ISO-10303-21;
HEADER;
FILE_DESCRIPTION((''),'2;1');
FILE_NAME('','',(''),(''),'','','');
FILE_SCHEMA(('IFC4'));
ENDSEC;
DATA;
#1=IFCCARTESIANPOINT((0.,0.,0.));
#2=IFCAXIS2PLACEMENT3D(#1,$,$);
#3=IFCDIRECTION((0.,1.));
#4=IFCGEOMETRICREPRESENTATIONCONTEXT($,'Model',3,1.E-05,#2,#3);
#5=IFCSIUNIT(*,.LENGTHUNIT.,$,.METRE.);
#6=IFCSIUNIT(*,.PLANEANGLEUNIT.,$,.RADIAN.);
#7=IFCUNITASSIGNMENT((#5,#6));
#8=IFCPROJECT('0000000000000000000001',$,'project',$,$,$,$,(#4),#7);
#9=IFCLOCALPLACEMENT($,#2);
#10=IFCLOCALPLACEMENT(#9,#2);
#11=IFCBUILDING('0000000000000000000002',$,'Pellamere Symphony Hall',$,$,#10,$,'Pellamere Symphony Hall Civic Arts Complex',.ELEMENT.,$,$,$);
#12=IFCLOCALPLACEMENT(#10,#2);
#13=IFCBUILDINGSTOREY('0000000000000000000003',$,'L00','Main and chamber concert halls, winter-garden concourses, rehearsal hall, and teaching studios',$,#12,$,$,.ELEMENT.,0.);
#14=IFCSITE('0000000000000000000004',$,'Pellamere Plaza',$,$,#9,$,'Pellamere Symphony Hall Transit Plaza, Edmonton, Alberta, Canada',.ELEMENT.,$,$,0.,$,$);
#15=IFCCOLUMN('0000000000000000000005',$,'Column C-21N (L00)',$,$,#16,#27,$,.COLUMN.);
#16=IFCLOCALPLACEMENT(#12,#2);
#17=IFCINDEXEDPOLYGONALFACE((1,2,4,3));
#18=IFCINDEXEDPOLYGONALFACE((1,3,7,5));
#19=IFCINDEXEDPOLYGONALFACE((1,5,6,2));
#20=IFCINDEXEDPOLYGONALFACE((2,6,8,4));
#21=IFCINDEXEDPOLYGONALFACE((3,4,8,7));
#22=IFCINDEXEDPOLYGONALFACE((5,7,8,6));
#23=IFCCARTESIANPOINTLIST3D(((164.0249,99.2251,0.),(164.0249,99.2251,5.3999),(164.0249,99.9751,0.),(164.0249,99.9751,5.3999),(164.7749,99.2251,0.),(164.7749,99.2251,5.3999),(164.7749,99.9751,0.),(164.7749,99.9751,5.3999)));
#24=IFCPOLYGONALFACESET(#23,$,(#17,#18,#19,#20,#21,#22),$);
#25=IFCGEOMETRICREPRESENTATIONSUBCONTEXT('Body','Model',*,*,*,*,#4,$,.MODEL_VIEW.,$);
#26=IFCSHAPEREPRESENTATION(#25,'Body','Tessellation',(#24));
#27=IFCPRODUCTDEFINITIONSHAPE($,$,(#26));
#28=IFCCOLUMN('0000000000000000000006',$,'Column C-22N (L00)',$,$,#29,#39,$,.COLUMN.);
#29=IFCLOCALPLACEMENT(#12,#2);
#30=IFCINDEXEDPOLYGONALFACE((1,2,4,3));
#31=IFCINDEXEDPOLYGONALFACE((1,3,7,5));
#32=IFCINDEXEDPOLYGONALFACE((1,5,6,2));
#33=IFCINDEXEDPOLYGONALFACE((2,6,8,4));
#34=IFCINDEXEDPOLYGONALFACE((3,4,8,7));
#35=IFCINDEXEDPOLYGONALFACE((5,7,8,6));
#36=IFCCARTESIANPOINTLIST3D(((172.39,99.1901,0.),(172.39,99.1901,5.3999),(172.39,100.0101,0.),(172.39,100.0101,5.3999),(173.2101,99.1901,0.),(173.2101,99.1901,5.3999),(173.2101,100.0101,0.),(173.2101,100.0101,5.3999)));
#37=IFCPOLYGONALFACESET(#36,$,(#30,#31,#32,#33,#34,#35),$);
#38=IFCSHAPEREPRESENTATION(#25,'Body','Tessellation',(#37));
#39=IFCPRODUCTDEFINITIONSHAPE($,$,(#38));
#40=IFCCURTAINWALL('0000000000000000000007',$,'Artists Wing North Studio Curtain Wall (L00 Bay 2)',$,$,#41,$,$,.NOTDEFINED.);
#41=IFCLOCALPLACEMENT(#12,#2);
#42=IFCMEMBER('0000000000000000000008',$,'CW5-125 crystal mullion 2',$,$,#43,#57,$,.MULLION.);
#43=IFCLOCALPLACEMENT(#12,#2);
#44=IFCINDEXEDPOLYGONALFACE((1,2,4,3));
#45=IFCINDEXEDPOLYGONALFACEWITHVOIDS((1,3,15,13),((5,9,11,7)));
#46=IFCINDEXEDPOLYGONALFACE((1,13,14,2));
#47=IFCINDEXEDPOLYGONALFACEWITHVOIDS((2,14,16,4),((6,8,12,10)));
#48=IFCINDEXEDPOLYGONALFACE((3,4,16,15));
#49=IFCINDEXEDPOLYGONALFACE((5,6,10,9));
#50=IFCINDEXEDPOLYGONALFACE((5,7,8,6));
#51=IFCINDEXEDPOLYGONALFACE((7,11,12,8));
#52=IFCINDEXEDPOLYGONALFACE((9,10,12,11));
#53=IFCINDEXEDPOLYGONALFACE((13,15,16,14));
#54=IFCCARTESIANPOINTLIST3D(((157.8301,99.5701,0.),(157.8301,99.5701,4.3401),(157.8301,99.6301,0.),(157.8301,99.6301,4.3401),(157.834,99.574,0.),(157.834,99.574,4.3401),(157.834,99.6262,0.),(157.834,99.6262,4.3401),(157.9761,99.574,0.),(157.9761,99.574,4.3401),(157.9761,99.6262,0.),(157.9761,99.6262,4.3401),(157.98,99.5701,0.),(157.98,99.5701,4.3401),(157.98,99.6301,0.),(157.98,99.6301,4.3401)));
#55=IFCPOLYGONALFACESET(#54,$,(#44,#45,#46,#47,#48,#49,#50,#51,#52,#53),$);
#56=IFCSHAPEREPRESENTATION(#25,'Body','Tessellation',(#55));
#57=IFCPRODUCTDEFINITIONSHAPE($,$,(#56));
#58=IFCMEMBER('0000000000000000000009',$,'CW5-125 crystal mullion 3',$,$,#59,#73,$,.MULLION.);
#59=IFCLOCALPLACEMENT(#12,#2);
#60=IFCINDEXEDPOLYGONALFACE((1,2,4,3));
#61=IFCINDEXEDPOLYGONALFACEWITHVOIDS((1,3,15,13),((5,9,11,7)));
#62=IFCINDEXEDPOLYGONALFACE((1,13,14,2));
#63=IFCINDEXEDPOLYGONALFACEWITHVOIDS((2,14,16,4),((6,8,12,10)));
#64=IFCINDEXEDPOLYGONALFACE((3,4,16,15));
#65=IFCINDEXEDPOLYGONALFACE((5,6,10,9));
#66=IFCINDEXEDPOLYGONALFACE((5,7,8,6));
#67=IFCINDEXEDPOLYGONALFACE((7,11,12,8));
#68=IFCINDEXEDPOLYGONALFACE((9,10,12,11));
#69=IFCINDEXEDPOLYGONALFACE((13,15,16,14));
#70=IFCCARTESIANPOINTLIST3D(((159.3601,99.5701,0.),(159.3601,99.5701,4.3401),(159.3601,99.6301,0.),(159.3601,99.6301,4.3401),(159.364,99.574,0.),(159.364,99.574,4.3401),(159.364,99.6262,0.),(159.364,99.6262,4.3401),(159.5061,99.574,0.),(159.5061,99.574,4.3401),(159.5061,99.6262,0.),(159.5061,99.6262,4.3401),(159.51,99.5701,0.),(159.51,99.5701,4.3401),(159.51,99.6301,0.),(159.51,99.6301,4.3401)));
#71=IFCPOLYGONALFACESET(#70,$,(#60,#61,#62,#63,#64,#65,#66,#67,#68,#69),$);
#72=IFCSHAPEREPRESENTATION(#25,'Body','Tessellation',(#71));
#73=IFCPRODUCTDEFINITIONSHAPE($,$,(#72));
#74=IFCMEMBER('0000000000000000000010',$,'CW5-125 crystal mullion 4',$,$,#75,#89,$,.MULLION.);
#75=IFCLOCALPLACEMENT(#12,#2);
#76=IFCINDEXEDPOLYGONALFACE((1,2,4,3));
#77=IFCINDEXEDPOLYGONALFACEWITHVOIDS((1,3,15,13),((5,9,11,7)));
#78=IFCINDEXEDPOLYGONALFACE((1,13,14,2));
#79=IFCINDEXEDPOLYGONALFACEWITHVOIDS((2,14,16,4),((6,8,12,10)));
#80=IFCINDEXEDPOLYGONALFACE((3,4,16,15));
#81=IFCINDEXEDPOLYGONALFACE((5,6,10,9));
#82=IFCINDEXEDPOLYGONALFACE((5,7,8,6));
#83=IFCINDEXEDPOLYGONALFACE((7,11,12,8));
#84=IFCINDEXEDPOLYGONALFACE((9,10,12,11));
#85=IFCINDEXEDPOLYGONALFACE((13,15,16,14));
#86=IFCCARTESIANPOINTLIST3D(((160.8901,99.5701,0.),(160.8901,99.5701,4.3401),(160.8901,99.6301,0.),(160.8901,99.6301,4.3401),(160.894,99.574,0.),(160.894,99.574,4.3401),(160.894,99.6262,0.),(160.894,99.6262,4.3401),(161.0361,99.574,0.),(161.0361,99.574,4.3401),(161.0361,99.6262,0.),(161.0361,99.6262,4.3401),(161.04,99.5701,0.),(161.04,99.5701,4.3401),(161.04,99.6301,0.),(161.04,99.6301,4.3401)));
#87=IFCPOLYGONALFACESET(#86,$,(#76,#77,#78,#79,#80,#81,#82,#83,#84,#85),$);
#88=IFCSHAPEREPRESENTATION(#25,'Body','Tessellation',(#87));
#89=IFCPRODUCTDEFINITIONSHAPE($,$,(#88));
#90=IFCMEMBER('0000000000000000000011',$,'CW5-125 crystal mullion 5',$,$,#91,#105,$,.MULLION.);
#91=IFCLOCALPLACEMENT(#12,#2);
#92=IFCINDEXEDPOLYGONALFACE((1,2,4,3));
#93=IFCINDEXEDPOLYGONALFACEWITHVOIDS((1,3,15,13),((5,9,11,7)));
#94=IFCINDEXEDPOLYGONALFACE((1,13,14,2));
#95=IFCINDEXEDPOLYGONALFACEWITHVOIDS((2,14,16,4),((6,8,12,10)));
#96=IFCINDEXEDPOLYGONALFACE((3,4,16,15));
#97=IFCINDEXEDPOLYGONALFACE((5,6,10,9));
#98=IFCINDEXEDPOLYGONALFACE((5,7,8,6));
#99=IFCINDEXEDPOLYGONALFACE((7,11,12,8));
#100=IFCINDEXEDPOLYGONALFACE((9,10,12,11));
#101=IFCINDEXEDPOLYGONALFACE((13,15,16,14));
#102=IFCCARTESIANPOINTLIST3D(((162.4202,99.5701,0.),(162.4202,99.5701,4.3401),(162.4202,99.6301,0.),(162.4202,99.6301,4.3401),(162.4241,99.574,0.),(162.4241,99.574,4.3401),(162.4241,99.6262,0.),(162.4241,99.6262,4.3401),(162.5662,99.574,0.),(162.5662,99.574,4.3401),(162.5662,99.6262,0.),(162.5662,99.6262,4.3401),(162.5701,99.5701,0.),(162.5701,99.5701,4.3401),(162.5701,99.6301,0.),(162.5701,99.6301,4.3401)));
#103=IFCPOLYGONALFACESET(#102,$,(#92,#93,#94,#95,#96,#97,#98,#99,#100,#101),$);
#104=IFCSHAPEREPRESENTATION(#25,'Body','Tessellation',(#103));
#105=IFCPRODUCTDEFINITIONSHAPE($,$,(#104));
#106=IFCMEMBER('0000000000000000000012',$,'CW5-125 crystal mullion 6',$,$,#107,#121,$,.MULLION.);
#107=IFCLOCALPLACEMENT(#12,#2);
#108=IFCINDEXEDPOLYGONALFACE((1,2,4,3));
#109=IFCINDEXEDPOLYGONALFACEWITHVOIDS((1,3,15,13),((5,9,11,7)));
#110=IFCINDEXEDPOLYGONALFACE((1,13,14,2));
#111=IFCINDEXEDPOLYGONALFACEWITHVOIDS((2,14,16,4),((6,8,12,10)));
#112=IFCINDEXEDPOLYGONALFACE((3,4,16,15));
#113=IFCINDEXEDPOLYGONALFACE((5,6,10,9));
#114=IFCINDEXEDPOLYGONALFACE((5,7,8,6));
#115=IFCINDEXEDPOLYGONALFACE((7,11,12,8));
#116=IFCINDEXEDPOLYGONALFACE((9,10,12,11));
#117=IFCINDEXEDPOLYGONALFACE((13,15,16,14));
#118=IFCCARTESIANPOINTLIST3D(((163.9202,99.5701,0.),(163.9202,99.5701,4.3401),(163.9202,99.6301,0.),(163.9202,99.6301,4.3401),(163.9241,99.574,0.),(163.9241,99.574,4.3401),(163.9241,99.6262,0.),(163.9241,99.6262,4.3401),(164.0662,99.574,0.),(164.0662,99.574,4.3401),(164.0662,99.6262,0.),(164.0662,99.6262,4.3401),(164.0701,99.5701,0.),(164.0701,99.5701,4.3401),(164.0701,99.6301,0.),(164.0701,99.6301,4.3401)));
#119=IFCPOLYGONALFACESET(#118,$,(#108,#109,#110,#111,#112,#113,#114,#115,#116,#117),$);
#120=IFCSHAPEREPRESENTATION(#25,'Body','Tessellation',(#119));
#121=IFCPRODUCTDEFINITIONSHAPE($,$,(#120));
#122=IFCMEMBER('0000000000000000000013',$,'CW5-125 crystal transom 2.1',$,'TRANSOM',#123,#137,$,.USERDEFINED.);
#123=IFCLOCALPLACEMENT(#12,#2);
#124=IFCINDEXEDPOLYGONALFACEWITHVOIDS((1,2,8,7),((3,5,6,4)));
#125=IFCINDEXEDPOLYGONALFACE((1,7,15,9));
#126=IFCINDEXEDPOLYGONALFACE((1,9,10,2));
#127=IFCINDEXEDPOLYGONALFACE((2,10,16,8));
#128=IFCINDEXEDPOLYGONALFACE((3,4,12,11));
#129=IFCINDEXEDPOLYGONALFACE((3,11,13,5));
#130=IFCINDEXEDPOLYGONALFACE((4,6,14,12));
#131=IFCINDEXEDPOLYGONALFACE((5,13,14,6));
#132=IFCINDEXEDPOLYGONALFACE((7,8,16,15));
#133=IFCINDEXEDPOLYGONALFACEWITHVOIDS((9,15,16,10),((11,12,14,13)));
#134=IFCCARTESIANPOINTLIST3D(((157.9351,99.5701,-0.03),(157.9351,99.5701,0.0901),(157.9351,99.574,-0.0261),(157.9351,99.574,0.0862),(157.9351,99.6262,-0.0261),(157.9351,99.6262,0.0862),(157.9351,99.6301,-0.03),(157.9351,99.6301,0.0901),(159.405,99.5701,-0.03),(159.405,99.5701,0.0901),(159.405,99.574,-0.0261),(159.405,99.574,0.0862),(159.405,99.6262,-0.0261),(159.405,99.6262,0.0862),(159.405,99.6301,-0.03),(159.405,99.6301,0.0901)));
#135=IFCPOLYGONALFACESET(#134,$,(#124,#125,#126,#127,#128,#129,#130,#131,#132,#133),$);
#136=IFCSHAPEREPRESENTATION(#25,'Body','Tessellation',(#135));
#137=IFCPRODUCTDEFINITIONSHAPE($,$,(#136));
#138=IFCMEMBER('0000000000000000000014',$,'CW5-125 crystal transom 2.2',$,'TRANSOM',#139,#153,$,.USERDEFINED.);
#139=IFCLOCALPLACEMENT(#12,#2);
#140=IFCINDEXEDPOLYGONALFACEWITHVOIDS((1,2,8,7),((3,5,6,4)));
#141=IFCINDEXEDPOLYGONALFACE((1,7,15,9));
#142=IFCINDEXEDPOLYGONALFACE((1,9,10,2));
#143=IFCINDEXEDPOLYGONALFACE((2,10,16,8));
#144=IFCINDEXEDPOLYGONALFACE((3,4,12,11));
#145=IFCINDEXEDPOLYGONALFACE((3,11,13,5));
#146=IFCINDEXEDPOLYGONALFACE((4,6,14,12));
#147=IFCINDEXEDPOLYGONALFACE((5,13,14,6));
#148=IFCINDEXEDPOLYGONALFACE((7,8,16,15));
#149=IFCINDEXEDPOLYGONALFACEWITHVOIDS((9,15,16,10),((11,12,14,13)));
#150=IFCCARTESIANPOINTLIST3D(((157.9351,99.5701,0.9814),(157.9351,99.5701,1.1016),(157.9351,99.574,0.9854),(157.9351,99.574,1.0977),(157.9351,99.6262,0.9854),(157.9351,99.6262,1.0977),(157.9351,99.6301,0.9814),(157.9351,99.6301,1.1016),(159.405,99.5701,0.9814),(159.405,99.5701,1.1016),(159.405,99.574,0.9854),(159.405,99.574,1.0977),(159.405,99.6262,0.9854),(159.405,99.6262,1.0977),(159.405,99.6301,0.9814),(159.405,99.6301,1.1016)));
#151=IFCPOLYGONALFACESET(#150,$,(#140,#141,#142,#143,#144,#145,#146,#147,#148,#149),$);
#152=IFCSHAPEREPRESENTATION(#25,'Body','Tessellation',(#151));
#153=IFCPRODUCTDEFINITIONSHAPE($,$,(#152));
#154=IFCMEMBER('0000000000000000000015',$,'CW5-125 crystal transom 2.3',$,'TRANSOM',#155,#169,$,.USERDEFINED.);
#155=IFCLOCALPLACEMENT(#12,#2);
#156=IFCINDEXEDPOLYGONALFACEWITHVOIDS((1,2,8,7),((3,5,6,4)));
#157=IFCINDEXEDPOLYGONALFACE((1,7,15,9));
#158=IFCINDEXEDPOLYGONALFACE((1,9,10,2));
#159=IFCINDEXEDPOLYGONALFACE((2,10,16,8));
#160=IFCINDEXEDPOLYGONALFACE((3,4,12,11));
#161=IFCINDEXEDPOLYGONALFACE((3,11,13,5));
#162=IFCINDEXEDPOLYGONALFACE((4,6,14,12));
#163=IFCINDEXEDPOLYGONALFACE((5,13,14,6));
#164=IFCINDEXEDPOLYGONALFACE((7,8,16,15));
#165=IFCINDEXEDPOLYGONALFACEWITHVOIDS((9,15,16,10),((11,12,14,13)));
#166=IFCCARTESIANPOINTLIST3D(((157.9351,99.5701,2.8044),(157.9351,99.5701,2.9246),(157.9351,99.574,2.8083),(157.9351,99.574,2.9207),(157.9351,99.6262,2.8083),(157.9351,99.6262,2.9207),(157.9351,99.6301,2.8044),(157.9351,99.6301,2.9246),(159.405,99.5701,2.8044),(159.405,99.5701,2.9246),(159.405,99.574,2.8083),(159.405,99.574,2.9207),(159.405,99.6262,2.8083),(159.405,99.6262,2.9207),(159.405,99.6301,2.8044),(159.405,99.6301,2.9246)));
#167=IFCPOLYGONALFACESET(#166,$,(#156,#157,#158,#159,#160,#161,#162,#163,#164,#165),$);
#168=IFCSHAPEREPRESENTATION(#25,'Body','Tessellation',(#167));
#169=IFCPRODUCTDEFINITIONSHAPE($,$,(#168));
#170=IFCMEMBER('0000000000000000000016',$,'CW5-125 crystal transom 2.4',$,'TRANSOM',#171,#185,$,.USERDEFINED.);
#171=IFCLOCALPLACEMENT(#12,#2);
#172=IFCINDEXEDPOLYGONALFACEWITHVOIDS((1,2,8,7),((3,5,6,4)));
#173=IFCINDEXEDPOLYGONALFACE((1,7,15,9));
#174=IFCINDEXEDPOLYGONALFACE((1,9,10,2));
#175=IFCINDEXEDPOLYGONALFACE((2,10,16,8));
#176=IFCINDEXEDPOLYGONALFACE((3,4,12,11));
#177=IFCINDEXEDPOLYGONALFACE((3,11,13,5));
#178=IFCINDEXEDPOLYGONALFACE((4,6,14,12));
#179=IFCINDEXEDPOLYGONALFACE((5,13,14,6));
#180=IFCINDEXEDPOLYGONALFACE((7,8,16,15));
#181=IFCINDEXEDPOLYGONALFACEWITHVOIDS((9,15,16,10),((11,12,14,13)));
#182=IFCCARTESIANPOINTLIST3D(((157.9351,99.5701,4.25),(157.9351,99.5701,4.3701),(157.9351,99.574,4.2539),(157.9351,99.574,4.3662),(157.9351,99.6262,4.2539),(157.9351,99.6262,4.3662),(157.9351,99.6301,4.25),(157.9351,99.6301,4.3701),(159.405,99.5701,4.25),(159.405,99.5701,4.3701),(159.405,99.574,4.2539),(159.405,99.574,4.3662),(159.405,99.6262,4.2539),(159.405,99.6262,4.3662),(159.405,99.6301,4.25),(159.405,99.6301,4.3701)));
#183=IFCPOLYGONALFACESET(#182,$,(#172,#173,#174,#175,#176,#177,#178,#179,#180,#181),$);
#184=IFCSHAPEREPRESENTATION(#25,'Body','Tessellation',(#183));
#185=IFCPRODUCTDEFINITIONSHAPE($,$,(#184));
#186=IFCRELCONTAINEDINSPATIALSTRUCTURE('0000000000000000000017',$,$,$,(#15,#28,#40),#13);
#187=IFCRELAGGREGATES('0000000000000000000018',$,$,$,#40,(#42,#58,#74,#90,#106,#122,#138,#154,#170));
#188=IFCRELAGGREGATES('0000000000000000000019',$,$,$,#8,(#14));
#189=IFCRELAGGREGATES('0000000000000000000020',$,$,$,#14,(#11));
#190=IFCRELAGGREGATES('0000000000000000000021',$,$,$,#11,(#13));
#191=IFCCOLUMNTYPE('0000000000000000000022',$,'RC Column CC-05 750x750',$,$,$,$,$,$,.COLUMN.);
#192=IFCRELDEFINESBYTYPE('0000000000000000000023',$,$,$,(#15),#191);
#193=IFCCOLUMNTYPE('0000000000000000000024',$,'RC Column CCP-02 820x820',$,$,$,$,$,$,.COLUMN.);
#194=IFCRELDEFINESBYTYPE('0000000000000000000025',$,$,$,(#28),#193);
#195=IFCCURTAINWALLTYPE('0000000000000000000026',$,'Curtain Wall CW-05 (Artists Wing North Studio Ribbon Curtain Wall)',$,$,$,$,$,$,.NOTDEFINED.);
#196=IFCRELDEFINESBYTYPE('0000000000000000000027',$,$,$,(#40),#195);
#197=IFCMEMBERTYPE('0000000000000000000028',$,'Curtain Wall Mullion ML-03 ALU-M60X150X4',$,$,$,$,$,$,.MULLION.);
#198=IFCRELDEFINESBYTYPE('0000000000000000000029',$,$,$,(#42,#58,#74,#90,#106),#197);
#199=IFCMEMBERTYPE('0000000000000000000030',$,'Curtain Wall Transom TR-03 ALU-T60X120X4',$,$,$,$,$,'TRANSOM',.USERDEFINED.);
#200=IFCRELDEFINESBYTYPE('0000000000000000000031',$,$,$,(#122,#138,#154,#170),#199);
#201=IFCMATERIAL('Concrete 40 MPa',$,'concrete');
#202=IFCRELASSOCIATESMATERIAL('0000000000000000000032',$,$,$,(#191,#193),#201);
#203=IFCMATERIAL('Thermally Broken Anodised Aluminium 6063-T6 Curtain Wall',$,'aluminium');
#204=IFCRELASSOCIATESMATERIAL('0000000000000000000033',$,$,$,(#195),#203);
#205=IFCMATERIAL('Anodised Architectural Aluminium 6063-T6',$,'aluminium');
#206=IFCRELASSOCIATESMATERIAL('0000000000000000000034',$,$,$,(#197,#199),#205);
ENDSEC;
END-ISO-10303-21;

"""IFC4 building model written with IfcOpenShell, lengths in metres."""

from ifc_helpers import new_model, si_unit, direction, frame, origin, origin_2d, place, context, subcontext, project, spatial, rectangle, hollow_rectangle, extrude, material, material_profile, profile_set, type_object, element, aggregate, save


model = new_model("IFC4")

# Units and contexts
model_context = context("Model", 3, precision=1e-05, world=origin(), true_north=direction((0.0, 1.0)))
body_context = subcontext(model_context, "Body", "Model", "MODEL_VIEW")
ifc_project = project(units=[si_unit("LENGTHUNIT", "METRE"), si_unit("PLANEANGLEUNIT", "RADIAN")], contexts=[model_context])

# Site, building, storey
site_placement = place(None, origin())
site = spatial("IfcSite", under=ifc_project, at=site_placement, Name="Pellamere Plaza", LongName="Pellamere Symphony Hall Transit Plaza, Edmonton, Alberta, Canada", CompositionType="ELEMENT", RefElevation=0.0)
building_placement = place(site_placement, origin())
building = spatial("IfcBuilding", under=site, at=building_placement, Name="Pellamere Symphony Hall", LongName="Pellamere Symphony Hall Civic Arts Complex", CompositionType="ELEMENT")
storey_placement = place(building_placement, origin())
storey = spatial("IfcBuildingStorey", under=building, at=storey_placement, Name="L00", Description="Main and chamber concert halls, winter-garden concourses, rehearsal hall, and teaching studios", CompositionType="ELEMENT", Elevation=0.0)

# Columns
ifc_material_1 = material(Name="Concrete 40 MPa", Category="concrete")
ifc_material_profile_1 = material_profile(ifc_material_1, rectangle(XDim=0.75, YDim=0.75, at=origin_2d()), Name="RC 750x750")
ifc_profile_set_1 = profile_set([ifc_material_profile_1], Name="Concrete 40 MPa")
column_type_1 = type_object("IfcColumnType", Name="RC Column CC-05 750x750", PredefinedType="COLUMN", material=ifc_profile_set_1)
column_1_placement = place(storey_placement, frame((164.3999, 99.6001, 0.0), z_axis=(0.0, 0.0, 1.0), x_axis=(1.0, 0.0, 0.0)))
element("IfcColumn", 1, at=column_1_placement, inside=storey, type_object=column_type_1, Name="Column C-21N (L00)", PredefinedType="COLUMN", context=body_context, shape_type="SweptSolid", body=[
    extrude(rectangle(XDim=0.75, YDim=0.75, at=origin_2d()), origin(), (0.0, 0.0, 1.0), 5.3999),
])
ifc_material_profile_2 = material_profile(ifc_material_1, rectangle(XDim=0.8201, YDim=0.8201, at=origin_2d()), Name="RC 820x820")
ifc_profile_set_2 = profile_set([ifc_material_profile_2], Name="Concrete 40 MPa")
column_type_2 = type_object("IfcColumnType", Name="RC Column CCP-02 820x820", PredefinedType="COLUMN", material=ifc_profile_set_2)
column_2_placement = place(storey_placement, frame((172.8, 99.6001, 0.0), z_axis=(0.0, 0.0, 1.0), x_axis=(1.0, 0.0, 0.0)))
element("IfcColumn", 2, at=column_2_placement, inside=storey, type_object=column_type_2, Name="Column C-22N (L00)", PredefinedType="COLUMN", context=body_context, shape_type="SweptSolid", body=[
    extrude(rectangle(XDim=0.8201, YDim=0.8201, at=origin_2d()), origin(), (0.0, 0.0, 1.0), 5.3999),
])

# Curtain wall, members
ifc_material_2 = material(Name="Thermally Broken Anodised Aluminium 6063-T6 Curtain Wall", Category="aluminium")
curtain_wall_type = type_object("IfcCurtainWallType", Name="Curtain Wall CW-05 (Artists Wing North Studio Ribbon Curtain Wall)", PredefinedType="NOTDEFINED", material=ifc_material_2)
curtain_wall_placement = place(storey_placement, origin())
curtain_wall = element("IfcCurtainWall", 3, at=curtain_wall_placement, inside=storey, type_object=curtain_wall_type, Name="Artists Wing North Studio Curtain Wall (L00 Bay 2)", PredefinedType="NOTDEFINED")
ifc_material_3 = material(Name="Anodised Architectural Aluminium 6063-T6", Category="aluminium")
ifc_material_profile_3 = material_profile(ifc_material_3, hollow_rectangle(XDim=0.0601, YDim=0.1499, WallThickness=0.0039, at=origin_2d()), Name="ALU-M60X150X4")
ifc_profile_set_3 = profile_set([ifc_material_profile_3], Name="Anodised Architectural Aluminium 6063-T6")
member_type_1 = type_object("IfcMemberType", Name="Curtain Wall Mullion ML-03 ALU-M60X150X4", PredefinedType="MULLION", material=ifc_profile_set_3)
member_1_placement = place(storey_placement, frame((157.905, 99.6001, 0.0), z_axis=(0.0, 0.0, 1.0), x_axis=(0.0, 1.0, 0.0)))
member_1 = element("IfcMember", 4, at=member_1_placement, type_object=member_type_1, Name="CW5-125 crystal mullion 2", PredefinedType="MULLION", context=body_context, shape_type="SweptSolid", body=[
    extrude(hollow_rectangle(XDim=0.0601, YDim=0.1499, WallThickness=0.0039, at=origin_2d()), origin(), (0.0, 0.0, 1.0), 4.3401),
])
member_2_placement = place(storey_placement, frame((159.4351, 99.6001, 0.0), z_axis=(0.0, 0.0, 1.0), x_axis=(0.0, 1.0, 0.0)))
member_2 = element("IfcMember", 5, at=member_2_placement, type_object=member_type_1, Name="CW5-125 crystal mullion 3", PredefinedType="MULLION", context=body_context, shape_type="SweptSolid", body=[
    extrude(hollow_rectangle(XDim=0.0601, YDim=0.1499, WallThickness=0.0039, at=origin_2d()), origin(), (0.0, 0.0, 1.0), 4.3401),
])
member_3_placement = place(storey_placement, frame((160.9651, 99.6001, 0.0), z_axis=(0.0, 0.0, 1.0), x_axis=(0.0, 1.0, 0.0)))
member_3 = element("IfcMember", 6, at=member_3_placement, type_object=member_type_1, Name="CW5-125 crystal mullion 4", PredefinedType="MULLION", context=body_context, shape_type="SweptSolid", body=[
    extrude(hollow_rectangle(XDim=0.0601, YDim=0.1499, WallThickness=0.0039, at=origin_2d()), origin(), (0.0, 0.0, 1.0), 4.3401),
])
member_4_placement = place(storey_placement, frame((162.4951, 99.6001, 0.0), z_axis=(0.0, 0.0, 1.0), x_axis=(0.0, 1.0, 0.0)))
member_4 = element("IfcMember", 7, at=member_4_placement, type_object=member_type_1, Name="CW5-125 crystal mullion 5", PredefinedType="MULLION", context=body_context, shape_type="SweptSolid", body=[
    extrude(hollow_rectangle(XDim=0.0601, YDim=0.1499, WallThickness=0.0039, at=origin_2d()), origin(), (0.0, 0.0, 1.0), 4.3401),
])
member_5_placement = place(storey_placement, frame((163.9951, 99.6001, 0.0), z_axis=(0.0, 0.0, 1.0), x_axis=(0.0, 1.0, 0.0)))
member_5 = element("IfcMember", 8, at=member_5_placement, type_object=member_type_1, Name="CW5-125 crystal mullion 6", PredefinedType="MULLION", context=body_context, shape_type="SweptSolid", body=[
    extrude(hollow_rectangle(XDim=0.0601, YDim=0.1499, WallThickness=0.0039, at=origin_2d()), origin(), (0.0, 0.0, 1.0), 4.3401),
])
ifc_material_profile_4 = material_profile(ifc_material_3, hollow_rectangle(XDim=0.0601, YDim=0.1201, WallThickness=0.0039, at=origin_2d()), Name="ALU-T60X120X4")
ifc_profile_set_4 = profile_set([ifc_material_profile_4], Name="Anodised Architectural Aluminium 6063-T6")
member_type_2 = type_object("IfcMemberType", Name="Curtain Wall Transom TR-03 ALU-T60X120X4", ElementType="TRANSOM", PredefinedType="USERDEFINED", material=ifc_profile_set_4)
member_6_placement = place(storey_placement, frame((157.9351, 99.6001, 0.03), z_axis=(1.0, 0.0, 0.0), x_axis=(0.0, 1.0, 0.0)))
member_6 = element("IfcMember", 9, at=member_6_placement, type_object=member_type_2, Name="CW5-125 crystal transom 2.1", ObjectType="TRANSOM", PredefinedType="USERDEFINED", context=body_context, shape_type="SweptSolid", body=[
    extrude(hollow_rectangle(XDim=0.0601, YDim=0.1201, WallThickness=0.0039, at=origin_2d()), origin(), (0.0, 0.0, 1.0), 1.47),
])
member_7_placement = place(storey_placement, frame((157.9351, 99.6001, 1.0415), z_axis=(1.0, 0.0, 0.0), x_axis=(0.0, 1.0, 0.0)))
member_7 = element("IfcMember", 10, at=member_7_placement, type_object=member_type_2, Name="CW5-125 crystal transom 2.2", ObjectType="TRANSOM", PredefinedType="USERDEFINED", context=body_context, shape_type="SweptSolid", body=[
    extrude(hollow_rectangle(XDim=0.0601, YDim=0.1201, WallThickness=0.0039, at=origin_2d()), origin(), (0.0, 0.0, 1.0), 1.47),
])
member_8_placement = place(storey_placement, frame((157.9351, 99.6001, 2.8645), z_axis=(1.0, 0.0, 0.0), x_axis=(0.0, 1.0, 0.0)))
member_8 = element("IfcMember", 11, at=member_8_placement, type_object=member_type_2, Name="CW5-125 crystal transom 2.3", ObjectType="TRANSOM", PredefinedType="USERDEFINED", context=body_context, shape_type="SweptSolid", body=[
    extrude(hollow_rectangle(XDim=0.0601, YDim=0.1201, WallThickness=0.0039, at=origin_2d()), origin(), (0.0, 0.0, 1.0), 1.47),
])
member_9_placement = place(storey_placement, frame((157.9351, 99.6001, 4.3101), z_axis=(1.0, 0.0, 0.0), x_axis=(0.0, 1.0, 0.0)))
member_9 = element("IfcMember", 12, at=member_9_placement, type_object=member_type_2, Name="CW5-125 crystal transom 2.4", ObjectType="TRANSOM", PredefinedType="USERDEFINED", context=body_context, shape_type="SweptSolid", body=[
    extrude(hollow_rectangle(XDim=0.0601, YDim=0.1201, WallThickness=0.0039, at=origin_2d()), origin(), (0.0, 0.0, 1.0), 1.47),
])

aggregate(curtain_wall, [member_1, member_2, member_3, member_4, member_5, member_6, member_7, member_8, member_9])

save(model, "model.ifc")
